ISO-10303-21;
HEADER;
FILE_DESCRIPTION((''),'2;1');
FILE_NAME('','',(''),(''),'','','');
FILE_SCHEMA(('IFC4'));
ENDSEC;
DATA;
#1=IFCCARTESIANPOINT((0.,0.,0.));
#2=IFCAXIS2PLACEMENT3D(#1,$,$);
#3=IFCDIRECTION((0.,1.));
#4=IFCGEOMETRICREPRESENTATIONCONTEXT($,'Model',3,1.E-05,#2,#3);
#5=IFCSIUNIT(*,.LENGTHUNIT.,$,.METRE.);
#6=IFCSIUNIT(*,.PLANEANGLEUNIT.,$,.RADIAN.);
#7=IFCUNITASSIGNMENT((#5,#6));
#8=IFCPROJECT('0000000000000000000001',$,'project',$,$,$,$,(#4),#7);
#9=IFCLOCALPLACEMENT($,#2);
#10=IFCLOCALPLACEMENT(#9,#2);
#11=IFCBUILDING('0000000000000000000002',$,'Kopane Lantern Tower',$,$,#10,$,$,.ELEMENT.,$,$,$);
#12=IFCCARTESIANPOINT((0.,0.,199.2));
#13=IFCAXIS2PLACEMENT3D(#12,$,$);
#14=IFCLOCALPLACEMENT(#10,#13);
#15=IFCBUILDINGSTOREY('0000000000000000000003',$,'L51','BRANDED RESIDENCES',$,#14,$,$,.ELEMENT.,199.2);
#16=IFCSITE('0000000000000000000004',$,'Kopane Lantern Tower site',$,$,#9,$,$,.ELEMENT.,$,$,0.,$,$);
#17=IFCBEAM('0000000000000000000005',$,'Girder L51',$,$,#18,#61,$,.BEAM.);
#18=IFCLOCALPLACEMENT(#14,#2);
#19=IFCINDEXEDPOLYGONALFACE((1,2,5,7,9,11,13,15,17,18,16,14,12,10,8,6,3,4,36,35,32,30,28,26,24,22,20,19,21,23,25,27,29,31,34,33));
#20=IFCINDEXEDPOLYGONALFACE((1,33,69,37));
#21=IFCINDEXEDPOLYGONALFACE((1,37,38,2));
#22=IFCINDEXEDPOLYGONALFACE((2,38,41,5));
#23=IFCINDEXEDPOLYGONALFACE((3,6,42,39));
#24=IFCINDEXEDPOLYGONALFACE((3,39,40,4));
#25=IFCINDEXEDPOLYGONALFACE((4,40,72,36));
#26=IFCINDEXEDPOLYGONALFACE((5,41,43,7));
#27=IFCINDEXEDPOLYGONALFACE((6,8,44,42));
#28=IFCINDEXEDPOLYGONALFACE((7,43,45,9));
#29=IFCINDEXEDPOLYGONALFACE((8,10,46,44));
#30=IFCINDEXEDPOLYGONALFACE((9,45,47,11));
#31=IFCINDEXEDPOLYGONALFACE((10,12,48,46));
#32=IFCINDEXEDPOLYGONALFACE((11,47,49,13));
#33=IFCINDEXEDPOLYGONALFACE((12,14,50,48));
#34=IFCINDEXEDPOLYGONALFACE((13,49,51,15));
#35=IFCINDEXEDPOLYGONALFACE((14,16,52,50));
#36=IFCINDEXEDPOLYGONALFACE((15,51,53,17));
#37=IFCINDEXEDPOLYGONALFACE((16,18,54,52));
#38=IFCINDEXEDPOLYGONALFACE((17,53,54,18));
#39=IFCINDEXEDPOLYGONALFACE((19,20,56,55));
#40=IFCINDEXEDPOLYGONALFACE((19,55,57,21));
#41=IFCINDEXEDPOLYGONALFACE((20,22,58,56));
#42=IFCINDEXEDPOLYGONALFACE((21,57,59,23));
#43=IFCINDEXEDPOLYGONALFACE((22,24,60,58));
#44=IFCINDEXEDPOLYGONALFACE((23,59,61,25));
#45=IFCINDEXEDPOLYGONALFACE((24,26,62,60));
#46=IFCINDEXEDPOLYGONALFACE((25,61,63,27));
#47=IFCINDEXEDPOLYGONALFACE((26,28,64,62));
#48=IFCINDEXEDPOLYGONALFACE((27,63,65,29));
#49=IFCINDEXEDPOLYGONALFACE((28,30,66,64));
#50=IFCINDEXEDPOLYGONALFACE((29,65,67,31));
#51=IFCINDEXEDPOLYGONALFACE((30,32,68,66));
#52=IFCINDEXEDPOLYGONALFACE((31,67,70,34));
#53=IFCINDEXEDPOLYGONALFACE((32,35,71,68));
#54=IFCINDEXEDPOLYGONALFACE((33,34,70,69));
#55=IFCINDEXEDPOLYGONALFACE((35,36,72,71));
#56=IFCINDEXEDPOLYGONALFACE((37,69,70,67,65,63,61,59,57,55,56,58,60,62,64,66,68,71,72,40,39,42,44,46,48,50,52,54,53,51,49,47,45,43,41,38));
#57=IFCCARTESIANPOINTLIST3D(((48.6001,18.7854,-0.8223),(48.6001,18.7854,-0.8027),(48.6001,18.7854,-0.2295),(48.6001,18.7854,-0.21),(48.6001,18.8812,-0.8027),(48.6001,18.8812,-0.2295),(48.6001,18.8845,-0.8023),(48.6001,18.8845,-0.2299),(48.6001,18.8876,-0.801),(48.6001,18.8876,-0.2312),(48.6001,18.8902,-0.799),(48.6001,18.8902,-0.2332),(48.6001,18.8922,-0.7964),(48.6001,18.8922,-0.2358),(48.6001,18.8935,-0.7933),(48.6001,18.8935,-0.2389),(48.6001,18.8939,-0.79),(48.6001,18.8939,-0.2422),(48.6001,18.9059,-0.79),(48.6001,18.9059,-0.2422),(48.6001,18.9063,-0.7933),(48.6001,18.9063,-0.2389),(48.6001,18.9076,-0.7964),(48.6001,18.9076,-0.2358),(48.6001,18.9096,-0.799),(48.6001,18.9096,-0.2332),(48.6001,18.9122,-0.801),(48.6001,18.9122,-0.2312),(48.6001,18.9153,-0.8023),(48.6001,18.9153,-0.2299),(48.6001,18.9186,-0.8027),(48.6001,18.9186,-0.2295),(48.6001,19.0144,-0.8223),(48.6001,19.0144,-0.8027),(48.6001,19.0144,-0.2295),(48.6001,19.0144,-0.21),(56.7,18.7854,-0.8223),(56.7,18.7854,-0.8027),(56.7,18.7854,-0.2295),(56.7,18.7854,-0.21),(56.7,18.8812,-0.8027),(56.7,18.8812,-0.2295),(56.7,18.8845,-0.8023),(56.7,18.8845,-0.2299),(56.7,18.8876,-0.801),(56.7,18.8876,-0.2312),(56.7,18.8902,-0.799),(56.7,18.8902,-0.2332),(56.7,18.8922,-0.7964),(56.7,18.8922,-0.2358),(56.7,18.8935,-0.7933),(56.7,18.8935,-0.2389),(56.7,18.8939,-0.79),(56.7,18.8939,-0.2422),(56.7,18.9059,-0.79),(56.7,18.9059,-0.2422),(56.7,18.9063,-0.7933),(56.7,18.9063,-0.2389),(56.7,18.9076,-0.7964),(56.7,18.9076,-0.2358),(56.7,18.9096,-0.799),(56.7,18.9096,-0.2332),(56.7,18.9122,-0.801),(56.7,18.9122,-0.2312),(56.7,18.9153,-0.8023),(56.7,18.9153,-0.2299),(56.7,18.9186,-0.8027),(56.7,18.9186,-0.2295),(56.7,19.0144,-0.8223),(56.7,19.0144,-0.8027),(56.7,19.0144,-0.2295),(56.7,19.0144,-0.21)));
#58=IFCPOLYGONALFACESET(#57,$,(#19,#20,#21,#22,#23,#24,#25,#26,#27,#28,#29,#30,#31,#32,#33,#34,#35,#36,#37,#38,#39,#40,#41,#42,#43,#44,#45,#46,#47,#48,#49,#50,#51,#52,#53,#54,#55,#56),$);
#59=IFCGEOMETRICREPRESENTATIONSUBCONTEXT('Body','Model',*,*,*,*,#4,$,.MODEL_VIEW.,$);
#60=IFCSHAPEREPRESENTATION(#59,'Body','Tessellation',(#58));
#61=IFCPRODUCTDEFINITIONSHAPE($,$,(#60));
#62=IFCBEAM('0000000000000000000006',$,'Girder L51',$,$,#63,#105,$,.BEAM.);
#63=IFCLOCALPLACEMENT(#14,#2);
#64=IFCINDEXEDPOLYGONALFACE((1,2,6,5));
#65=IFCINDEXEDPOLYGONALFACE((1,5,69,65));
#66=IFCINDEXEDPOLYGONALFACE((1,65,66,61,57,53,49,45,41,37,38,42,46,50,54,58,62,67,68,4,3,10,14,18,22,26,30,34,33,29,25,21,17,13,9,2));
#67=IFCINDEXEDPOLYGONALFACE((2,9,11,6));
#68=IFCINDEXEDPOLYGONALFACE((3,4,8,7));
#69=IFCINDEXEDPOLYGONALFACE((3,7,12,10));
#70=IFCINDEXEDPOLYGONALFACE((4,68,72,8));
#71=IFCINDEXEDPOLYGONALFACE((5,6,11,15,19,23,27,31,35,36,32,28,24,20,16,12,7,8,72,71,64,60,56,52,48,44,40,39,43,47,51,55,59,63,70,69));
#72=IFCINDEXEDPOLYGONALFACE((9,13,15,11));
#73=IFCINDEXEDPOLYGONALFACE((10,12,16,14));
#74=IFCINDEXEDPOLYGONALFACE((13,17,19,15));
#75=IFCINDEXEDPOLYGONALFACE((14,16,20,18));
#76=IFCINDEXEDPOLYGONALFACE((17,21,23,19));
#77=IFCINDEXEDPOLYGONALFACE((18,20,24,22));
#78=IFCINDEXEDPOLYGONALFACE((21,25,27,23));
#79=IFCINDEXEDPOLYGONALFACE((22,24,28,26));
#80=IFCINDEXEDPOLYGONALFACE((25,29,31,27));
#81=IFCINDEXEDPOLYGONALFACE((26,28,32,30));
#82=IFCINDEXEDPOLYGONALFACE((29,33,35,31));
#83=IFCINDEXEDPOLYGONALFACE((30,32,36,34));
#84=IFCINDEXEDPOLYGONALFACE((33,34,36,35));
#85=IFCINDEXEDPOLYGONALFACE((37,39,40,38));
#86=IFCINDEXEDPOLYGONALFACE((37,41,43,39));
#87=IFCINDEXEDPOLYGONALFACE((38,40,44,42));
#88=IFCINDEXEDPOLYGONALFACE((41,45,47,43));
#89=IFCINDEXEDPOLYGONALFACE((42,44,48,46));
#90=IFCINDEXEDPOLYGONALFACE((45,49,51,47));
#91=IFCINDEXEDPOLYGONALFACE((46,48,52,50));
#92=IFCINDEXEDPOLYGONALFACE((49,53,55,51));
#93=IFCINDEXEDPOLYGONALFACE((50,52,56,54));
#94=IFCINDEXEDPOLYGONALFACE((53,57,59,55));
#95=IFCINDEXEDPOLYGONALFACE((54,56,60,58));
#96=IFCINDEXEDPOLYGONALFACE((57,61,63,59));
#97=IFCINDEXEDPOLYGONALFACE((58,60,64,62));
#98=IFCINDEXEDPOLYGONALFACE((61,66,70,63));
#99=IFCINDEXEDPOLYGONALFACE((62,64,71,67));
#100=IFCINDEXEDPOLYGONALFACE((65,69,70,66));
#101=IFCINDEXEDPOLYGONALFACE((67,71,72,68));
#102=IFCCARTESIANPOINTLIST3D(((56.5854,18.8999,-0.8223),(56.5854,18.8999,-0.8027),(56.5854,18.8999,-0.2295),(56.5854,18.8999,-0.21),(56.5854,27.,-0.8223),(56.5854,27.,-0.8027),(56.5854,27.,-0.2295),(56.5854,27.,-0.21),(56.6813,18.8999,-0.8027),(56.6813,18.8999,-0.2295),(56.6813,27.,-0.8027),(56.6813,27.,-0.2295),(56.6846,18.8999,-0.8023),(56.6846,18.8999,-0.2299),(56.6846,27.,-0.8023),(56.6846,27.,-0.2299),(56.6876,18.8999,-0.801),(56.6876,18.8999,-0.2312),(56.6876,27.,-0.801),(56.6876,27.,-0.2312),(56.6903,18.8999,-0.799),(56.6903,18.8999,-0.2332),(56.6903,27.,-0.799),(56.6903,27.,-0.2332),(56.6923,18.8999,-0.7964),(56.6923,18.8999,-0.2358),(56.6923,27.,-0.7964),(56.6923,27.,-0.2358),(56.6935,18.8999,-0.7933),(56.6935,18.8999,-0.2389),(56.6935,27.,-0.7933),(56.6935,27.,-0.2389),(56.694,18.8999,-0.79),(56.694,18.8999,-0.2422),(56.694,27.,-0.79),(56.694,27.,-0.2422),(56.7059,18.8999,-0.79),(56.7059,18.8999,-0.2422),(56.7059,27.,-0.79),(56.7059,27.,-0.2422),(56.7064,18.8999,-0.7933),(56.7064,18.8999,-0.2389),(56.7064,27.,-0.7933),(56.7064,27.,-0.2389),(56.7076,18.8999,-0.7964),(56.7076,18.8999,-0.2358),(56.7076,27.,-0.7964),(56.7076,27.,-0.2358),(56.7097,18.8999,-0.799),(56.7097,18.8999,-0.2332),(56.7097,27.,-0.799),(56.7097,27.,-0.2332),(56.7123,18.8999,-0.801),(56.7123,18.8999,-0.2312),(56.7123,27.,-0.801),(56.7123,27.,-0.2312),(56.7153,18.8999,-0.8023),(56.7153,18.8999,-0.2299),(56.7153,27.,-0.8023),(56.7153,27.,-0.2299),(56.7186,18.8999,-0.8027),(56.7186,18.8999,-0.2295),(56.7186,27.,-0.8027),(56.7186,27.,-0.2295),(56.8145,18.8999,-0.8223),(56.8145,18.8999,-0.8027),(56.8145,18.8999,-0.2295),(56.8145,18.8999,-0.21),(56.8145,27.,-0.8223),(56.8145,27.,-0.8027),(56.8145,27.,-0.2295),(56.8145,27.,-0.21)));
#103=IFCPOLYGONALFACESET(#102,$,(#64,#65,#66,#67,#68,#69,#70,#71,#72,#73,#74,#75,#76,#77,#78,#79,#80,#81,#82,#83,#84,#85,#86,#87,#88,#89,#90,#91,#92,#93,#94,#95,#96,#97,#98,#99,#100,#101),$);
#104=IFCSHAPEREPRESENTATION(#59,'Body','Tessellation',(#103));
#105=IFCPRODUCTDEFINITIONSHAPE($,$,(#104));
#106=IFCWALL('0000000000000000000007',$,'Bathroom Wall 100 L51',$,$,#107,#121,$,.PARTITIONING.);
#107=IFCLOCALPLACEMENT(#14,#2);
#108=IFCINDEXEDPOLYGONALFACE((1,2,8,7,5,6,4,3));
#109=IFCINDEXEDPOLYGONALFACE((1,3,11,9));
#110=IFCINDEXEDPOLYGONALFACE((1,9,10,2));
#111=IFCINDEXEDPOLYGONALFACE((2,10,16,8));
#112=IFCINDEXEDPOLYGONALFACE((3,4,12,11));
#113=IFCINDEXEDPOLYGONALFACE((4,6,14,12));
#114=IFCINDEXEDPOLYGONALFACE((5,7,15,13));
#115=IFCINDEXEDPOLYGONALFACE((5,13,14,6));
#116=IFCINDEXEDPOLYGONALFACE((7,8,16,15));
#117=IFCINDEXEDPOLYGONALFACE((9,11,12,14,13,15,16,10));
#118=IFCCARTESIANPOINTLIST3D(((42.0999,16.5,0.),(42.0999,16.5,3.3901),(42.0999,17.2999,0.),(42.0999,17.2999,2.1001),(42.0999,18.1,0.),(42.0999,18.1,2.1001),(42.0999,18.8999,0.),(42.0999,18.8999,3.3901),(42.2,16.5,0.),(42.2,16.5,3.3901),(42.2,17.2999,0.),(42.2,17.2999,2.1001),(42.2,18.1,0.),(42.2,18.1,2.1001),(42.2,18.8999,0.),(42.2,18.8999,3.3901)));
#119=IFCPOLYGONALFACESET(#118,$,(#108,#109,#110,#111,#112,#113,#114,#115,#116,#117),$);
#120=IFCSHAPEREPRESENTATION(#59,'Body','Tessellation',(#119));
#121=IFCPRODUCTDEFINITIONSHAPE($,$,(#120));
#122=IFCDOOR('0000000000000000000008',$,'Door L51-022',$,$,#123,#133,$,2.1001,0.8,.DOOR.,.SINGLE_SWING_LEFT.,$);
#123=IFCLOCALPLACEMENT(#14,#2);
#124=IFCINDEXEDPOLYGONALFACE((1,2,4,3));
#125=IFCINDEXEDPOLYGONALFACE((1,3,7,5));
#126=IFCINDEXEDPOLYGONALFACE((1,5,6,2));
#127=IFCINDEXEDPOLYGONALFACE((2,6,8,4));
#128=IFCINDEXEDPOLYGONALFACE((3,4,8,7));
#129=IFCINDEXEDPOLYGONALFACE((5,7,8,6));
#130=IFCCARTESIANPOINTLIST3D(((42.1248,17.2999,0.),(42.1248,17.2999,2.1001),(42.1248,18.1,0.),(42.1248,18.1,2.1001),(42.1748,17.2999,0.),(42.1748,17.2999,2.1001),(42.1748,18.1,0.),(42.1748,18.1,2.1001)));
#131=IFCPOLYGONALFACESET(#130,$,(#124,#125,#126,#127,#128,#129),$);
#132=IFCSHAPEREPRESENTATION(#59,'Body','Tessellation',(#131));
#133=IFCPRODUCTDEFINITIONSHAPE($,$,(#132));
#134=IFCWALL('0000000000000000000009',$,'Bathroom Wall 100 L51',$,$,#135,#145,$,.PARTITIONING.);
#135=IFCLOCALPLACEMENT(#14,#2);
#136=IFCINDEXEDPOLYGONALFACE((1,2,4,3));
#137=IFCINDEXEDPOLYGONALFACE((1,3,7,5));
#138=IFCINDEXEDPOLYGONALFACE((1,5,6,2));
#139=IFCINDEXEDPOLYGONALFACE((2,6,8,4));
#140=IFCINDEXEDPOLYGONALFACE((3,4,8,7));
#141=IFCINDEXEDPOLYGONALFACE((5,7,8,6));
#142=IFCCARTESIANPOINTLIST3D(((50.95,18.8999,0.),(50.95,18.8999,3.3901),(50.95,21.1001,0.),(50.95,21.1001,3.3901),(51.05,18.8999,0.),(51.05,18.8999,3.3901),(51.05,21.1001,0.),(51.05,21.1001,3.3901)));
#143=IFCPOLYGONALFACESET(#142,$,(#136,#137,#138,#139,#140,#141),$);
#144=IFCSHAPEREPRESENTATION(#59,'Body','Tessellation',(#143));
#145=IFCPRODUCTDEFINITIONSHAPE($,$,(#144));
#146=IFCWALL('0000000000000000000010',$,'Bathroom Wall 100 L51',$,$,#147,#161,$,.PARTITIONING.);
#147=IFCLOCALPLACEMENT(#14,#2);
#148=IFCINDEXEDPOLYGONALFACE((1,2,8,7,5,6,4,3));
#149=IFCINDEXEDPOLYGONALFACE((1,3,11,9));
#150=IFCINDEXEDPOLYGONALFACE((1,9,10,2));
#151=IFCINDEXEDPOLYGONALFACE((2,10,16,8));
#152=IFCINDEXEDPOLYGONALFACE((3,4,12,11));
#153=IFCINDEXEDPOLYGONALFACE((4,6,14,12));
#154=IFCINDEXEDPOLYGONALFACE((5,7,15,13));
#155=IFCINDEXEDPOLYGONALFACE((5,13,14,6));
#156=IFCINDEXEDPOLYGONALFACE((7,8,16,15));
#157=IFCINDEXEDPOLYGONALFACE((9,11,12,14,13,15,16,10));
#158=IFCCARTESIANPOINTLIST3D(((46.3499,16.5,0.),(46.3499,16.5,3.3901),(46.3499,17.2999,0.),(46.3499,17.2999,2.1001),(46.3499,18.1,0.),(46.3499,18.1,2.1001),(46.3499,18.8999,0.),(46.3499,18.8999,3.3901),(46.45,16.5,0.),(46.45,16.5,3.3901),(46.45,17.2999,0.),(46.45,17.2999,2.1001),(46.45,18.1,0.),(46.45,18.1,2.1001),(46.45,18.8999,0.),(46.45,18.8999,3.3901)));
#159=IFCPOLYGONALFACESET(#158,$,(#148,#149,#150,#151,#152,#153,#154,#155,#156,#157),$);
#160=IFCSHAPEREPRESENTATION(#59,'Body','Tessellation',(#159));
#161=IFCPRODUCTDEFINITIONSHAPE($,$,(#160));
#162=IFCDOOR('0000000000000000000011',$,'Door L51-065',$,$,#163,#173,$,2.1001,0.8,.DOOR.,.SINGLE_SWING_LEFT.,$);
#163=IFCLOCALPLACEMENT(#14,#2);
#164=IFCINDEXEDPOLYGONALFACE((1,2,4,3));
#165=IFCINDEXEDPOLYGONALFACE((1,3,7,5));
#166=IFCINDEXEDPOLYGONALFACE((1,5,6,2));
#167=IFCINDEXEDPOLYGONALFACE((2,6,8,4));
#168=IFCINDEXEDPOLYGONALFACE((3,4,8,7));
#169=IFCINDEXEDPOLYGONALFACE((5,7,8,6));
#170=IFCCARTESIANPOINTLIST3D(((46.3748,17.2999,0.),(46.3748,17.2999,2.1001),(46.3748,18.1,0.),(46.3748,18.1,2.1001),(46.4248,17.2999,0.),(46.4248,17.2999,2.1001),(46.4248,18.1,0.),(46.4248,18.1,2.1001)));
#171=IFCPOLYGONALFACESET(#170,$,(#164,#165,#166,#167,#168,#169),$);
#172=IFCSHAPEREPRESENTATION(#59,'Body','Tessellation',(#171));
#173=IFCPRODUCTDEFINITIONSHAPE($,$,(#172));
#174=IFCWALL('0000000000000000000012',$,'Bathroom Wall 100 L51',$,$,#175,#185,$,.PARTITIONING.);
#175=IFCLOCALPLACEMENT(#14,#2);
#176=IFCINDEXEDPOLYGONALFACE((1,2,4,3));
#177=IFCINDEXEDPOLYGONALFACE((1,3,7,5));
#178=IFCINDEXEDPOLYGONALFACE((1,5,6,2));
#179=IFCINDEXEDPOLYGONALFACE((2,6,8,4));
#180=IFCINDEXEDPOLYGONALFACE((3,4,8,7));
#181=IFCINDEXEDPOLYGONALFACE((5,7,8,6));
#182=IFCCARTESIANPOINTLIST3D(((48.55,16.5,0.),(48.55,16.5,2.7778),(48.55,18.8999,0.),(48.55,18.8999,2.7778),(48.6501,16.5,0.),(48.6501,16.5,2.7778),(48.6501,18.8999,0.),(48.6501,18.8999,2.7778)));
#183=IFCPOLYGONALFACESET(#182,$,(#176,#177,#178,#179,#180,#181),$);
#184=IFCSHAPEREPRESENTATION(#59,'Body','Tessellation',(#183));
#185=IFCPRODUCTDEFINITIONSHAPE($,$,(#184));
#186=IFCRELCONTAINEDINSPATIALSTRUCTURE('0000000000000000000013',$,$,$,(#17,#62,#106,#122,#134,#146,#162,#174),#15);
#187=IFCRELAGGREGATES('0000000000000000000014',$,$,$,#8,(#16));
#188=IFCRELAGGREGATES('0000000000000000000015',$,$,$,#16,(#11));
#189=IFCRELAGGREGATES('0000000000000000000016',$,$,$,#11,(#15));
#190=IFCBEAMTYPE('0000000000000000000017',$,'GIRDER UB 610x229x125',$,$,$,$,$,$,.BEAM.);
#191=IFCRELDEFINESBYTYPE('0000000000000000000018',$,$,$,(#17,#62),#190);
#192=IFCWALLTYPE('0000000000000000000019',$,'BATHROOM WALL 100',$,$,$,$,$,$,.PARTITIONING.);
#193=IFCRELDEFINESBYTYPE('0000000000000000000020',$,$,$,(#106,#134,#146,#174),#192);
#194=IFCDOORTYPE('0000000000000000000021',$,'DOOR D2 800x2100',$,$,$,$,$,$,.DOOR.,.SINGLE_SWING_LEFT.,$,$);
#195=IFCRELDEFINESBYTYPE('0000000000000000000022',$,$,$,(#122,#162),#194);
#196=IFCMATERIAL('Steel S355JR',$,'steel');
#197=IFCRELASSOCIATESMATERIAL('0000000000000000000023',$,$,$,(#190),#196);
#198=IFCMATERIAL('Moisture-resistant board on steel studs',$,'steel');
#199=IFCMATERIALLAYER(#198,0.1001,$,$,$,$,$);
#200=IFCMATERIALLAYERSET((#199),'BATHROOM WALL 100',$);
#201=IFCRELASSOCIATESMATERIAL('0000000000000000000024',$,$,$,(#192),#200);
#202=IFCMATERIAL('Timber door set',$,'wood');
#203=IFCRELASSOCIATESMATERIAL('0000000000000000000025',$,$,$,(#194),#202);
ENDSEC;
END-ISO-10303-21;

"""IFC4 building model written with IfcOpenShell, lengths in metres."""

from ifc_helpers import new_model, si_unit, direction, frame, frame_2d, origin, origin_2d, place, context, subcontext, project, spatial, rectangle, i_section, extrude, material, layer, layer_set, material_profile, profile_set, type_object, element, fill, save


model = new_model("IFC4")

# Units and contexts
model_context = context("Model", 3, precision=1e-05, world=origin(), true_north=direction((0.0, 1.0)))
body_context = subcontext(model_context, "Body", "Model", "MODEL_VIEW")
ifc_project = project(units=[si_unit("LENGTHUNIT", "METRE"), si_unit("PLANEANGLEUNIT", "RADIAN")], contexts=[model_context])

# Site, building, storey
site_placement = place(None, origin())
site = spatial("IfcSite", under=ifc_project, at=site_placement, Name="Kopane Lantern Tower site", CompositionType="ELEMENT", RefElevation=0.0)
building_placement = place(site_placement, origin())
building = spatial("IfcBuilding", under=site, at=building_placement, Name="Kopane Lantern Tower", CompositionType="ELEMENT")
storey_placement = place(building_placement, frame((0.0, 0.0, 199.2)))
storey = spatial("IfcBuildingStorey", under=building, at=storey_placement, Name="L51", Description="BRANDED RESIDENCES", CompositionType="ELEMENT", Elevation=199.2)

# Beams
ifc_material_1 = material(Name="Steel S355JR", Category="steel")
ifc_material_profile_1 = material_profile(ifc_material_1, i_section(OverallWidth=0.229, OverallDepth=0.6123, WebThickness=0.012, FlangeThickness=0.0195, FilletRadius=0.0127, at=origin_2d()), Name="UB 610x229x125")
ifc_profile_set_1 = profile_set([ifc_material_profile_1], Name="Steel S355JR")
beam_type_1 = type_object("IfcBeamType", Name="GIRDER UB 610x229x125", PredefinedType="BEAM", material=ifc_profile_set_1)
beam_1_placement = place(storey_placement, frame((48.6001, 18.8999, -0.5161), z_axis=(1.0, 0.0, 0.0), x_axis=(0.0, 1.0, 0.0)))
element("IfcBeam", 1, at=beam_1_placement, inside=storey, type_object=beam_type_1, Name="Girder L51", PredefinedType="BEAM", context=body_context, shape_type="SweptSolid", body=[
    extrude(i_section(OverallWidth=0.229, OverallDepth=0.6123, WebThickness=0.012, FlangeThickness=0.0195, FilletRadius=0.0127, at=origin_2d()), origin(), (0.0, 0.0, 1.0), 8.0999),
])
beam_2_placement = place(storey_placement, frame((56.7, 18.8999, -0.5161), z_axis=(0.0, 1.0, 0.0), x_axis=(-1.0, 0.0, 0.0)))
element("IfcBeam", 2, at=beam_2_placement, inside=storey, type_object=beam_type_1, Name="Girder L51", PredefinedType="BEAM", context=body_context, shape_type="SweptSolid", body=[
    extrude(i_section(OverallWidth=0.229, OverallDepth=0.6123, WebThickness=0.012, FlangeThickness=0.0195, FilletRadius=0.0127, at=origin_2d()), origin(), (0.0, 0.0, 1.0), 8.1001),
])

# Wall, opening, door
ifc_material_2 = material(Name="Moisture-resistant board on steel studs", Category="steel")
ifc_layer_1 = layer(ifc_material_2, 0.1001)
ifc_layer_set_1 = layer_set([ifc_layer_1], Name="BATHROOM WALL 100")
wall_type_1 = type_object("IfcWallType", Name="BATHROOM WALL 100", PredefinedType="PARTITIONING", material=ifc_layer_set_1)
wall_1_placement = place(storey_placement, frame((42.1499, 18.8999, 0.0), z_axis=(0.0, 0.0, 1.0), x_axis=(0.0, -1.0, 0.0)))
wall_1 = element("IfcWall", 3, at=wall_1_placement, inside=storey, type_object=wall_type_1, Name="Bathroom Wall 100 L51", PredefinedType="PARTITIONING", context=body_context, shape_type="SweptSolid", body=[
    extrude(rectangle(XDim=2.3999, YDim=0.1001, at=frame_2d((1.2, 0.0))), origin(), (0.0, 0.0, 1.0), 3.3901),
])
opening_1_placement = place(wall_1_placement, frame((0.8, 0.0, 0.0)))
opening_1 = element("IfcOpeningElement", 4, at=opening_1_placement, cuts=wall_1, PredefinedType="OPENING", context=body_context, shape_type="SweptSolid", body=[
    extrude(rectangle(XDim=0.8, YDim=2.1001, at=frame_2d((0.3999, 1.05))), frame((0.0, 0.0601, 0.0), z_axis=(0.0, -1.0, 0.0), x_axis=(1.0, 0.0, 0.0)), (0.0, 0.0, 1.0), 0.1201),
])
ifc_material_3 = material(Name="Timber door set", Category="wood")
door_type_1 = type_object("IfcDoorType", Name="DOOR D2 800x2100", OperationType="SINGLE_SWING_LEFT", PredefinedType="DOOR", material=ifc_material_3)
door_1_placement = place(opening_1_placement, origin())
door_1 = element("IfcDoor", 5, at=door_1_placement, inside=storey, type_object=door_type_1, Name="Door L51-022", OperationType="SINGLE_SWING_LEFT", OverallHeight=2.1001, OverallWidth=0.8, PredefinedType="DOOR", context=body_context, shape_type="SweptSolid", body=[
    extrude(rectangle(XDim=0.8, YDim=2.1001, at=frame_2d((0.3999, 1.05))), frame((0.0, 0.0249, 0.0), z_axis=(0.0, -1.0, 0.0), x_axis=(1.0, 0.0, 0.0)), (0.0, 0.0, 1.0), 0.05),
])
fill(opening_1, door_1)

# Wall
wall_2_placement = place(storey_placement, frame((51.0, 18.8999, 0.0), z_axis=(0.0, 0.0, 1.0), x_axis=(0.0, 1.0, 0.0)))
element("IfcWall", 6, at=wall_2_placement, inside=storey, type_object=wall_type_1, Name="Bathroom Wall 100 L51", PredefinedType="PARTITIONING", context=body_context, shape_type="SweptSolid", body=[
    extrude(rectangle(XDim=2.2002, YDim=0.1001, at=frame_2d((1.1001, 0.0))), origin(), (0.0, 0.0, 1.0), 3.3901),
])

# Wall, opening, door
wall_3_placement = place(storey_placement, frame((46.3999, 18.8999, 0.0), z_axis=(0.0, 0.0, 1.0), x_axis=(0.0, -1.0, 0.0)))
wall_3 = element("IfcWall", 7, at=wall_3_placement, inside=storey, type_object=wall_type_1, Name="Bathroom Wall 100 L51", PredefinedType="PARTITIONING", context=body_context, shape_type="SweptSolid", body=[
    extrude(rectangle(XDim=2.3999, YDim=0.1001, at=frame_2d((1.2, 0.0))), origin(), (0.0, 0.0, 1.0), 3.3901),
])
opening_2_placement = place(wall_3_placement, frame((0.8, 0.0, 0.0)))
opening_2 = element("IfcOpeningElement", 8, at=opening_2_placement, cuts=wall_3, PredefinedType="OPENING", context=body_context, shape_type="SweptSolid", body=[
    extrude(rectangle(XDim=0.8, YDim=2.1001, at=frame_2d((0.3999, 1.05))), frame((0.0, 0.0601, 0.0), z_axis=(0.0, -1.0, 0.0), x_axis=(1.0, 0.0, 0.0)), (0.0, 0.0, 1.0), 0.1201),
])
door_2_placement = place(opening_2_placement, origin())
door_2 = element("IfcDoor", 9, at=door_2_placement, inside=storey, type_object=door_type_1, Name="Door L51-065", OperationType="SINGLE_SWING_LEFT", OverallHeight=2.1001, OverallWidth=0.8, PredefinedType="DOOR", context=body_context, shape_type="SweptSolid", body=[
    extrude(rectangle(XDim=0.8, YDim=2.1001, at=frame_2d((0.3999, 1.05))), frame((0.0, 0.0249, 0.0), z_axis=(0.0, -1.0, 0.0), x_axis=(1.0, 0.0, 0.0)), (0.0, 0.0, 1.0), 0.05),
])
fill(opening_2, door_2)

# Wall
wall_4_placement = place(storey_placement, frame((48.6001, 18.8999, 0.0), z_axis=(0.0, 0.0, 1.0), x_axis=(0.0, -1.0, 0.0)))
element("IfcWall", 10, at=wall_4_placement, inside=storey, type_object=wall_type_1, Name="Bathroom Wall 100 L51", PredefinedType="PARTITIONING", context=body_context, shape_type="SweptSolid", body=[
    extrude(rectangle(XDim=2.3999, YDim=0.1001, at=frame_2d((1.2, 0.0))), origin(), (0.0, 0.0, 1.0), 2.7778),
])

save(model, "model.ifc")
